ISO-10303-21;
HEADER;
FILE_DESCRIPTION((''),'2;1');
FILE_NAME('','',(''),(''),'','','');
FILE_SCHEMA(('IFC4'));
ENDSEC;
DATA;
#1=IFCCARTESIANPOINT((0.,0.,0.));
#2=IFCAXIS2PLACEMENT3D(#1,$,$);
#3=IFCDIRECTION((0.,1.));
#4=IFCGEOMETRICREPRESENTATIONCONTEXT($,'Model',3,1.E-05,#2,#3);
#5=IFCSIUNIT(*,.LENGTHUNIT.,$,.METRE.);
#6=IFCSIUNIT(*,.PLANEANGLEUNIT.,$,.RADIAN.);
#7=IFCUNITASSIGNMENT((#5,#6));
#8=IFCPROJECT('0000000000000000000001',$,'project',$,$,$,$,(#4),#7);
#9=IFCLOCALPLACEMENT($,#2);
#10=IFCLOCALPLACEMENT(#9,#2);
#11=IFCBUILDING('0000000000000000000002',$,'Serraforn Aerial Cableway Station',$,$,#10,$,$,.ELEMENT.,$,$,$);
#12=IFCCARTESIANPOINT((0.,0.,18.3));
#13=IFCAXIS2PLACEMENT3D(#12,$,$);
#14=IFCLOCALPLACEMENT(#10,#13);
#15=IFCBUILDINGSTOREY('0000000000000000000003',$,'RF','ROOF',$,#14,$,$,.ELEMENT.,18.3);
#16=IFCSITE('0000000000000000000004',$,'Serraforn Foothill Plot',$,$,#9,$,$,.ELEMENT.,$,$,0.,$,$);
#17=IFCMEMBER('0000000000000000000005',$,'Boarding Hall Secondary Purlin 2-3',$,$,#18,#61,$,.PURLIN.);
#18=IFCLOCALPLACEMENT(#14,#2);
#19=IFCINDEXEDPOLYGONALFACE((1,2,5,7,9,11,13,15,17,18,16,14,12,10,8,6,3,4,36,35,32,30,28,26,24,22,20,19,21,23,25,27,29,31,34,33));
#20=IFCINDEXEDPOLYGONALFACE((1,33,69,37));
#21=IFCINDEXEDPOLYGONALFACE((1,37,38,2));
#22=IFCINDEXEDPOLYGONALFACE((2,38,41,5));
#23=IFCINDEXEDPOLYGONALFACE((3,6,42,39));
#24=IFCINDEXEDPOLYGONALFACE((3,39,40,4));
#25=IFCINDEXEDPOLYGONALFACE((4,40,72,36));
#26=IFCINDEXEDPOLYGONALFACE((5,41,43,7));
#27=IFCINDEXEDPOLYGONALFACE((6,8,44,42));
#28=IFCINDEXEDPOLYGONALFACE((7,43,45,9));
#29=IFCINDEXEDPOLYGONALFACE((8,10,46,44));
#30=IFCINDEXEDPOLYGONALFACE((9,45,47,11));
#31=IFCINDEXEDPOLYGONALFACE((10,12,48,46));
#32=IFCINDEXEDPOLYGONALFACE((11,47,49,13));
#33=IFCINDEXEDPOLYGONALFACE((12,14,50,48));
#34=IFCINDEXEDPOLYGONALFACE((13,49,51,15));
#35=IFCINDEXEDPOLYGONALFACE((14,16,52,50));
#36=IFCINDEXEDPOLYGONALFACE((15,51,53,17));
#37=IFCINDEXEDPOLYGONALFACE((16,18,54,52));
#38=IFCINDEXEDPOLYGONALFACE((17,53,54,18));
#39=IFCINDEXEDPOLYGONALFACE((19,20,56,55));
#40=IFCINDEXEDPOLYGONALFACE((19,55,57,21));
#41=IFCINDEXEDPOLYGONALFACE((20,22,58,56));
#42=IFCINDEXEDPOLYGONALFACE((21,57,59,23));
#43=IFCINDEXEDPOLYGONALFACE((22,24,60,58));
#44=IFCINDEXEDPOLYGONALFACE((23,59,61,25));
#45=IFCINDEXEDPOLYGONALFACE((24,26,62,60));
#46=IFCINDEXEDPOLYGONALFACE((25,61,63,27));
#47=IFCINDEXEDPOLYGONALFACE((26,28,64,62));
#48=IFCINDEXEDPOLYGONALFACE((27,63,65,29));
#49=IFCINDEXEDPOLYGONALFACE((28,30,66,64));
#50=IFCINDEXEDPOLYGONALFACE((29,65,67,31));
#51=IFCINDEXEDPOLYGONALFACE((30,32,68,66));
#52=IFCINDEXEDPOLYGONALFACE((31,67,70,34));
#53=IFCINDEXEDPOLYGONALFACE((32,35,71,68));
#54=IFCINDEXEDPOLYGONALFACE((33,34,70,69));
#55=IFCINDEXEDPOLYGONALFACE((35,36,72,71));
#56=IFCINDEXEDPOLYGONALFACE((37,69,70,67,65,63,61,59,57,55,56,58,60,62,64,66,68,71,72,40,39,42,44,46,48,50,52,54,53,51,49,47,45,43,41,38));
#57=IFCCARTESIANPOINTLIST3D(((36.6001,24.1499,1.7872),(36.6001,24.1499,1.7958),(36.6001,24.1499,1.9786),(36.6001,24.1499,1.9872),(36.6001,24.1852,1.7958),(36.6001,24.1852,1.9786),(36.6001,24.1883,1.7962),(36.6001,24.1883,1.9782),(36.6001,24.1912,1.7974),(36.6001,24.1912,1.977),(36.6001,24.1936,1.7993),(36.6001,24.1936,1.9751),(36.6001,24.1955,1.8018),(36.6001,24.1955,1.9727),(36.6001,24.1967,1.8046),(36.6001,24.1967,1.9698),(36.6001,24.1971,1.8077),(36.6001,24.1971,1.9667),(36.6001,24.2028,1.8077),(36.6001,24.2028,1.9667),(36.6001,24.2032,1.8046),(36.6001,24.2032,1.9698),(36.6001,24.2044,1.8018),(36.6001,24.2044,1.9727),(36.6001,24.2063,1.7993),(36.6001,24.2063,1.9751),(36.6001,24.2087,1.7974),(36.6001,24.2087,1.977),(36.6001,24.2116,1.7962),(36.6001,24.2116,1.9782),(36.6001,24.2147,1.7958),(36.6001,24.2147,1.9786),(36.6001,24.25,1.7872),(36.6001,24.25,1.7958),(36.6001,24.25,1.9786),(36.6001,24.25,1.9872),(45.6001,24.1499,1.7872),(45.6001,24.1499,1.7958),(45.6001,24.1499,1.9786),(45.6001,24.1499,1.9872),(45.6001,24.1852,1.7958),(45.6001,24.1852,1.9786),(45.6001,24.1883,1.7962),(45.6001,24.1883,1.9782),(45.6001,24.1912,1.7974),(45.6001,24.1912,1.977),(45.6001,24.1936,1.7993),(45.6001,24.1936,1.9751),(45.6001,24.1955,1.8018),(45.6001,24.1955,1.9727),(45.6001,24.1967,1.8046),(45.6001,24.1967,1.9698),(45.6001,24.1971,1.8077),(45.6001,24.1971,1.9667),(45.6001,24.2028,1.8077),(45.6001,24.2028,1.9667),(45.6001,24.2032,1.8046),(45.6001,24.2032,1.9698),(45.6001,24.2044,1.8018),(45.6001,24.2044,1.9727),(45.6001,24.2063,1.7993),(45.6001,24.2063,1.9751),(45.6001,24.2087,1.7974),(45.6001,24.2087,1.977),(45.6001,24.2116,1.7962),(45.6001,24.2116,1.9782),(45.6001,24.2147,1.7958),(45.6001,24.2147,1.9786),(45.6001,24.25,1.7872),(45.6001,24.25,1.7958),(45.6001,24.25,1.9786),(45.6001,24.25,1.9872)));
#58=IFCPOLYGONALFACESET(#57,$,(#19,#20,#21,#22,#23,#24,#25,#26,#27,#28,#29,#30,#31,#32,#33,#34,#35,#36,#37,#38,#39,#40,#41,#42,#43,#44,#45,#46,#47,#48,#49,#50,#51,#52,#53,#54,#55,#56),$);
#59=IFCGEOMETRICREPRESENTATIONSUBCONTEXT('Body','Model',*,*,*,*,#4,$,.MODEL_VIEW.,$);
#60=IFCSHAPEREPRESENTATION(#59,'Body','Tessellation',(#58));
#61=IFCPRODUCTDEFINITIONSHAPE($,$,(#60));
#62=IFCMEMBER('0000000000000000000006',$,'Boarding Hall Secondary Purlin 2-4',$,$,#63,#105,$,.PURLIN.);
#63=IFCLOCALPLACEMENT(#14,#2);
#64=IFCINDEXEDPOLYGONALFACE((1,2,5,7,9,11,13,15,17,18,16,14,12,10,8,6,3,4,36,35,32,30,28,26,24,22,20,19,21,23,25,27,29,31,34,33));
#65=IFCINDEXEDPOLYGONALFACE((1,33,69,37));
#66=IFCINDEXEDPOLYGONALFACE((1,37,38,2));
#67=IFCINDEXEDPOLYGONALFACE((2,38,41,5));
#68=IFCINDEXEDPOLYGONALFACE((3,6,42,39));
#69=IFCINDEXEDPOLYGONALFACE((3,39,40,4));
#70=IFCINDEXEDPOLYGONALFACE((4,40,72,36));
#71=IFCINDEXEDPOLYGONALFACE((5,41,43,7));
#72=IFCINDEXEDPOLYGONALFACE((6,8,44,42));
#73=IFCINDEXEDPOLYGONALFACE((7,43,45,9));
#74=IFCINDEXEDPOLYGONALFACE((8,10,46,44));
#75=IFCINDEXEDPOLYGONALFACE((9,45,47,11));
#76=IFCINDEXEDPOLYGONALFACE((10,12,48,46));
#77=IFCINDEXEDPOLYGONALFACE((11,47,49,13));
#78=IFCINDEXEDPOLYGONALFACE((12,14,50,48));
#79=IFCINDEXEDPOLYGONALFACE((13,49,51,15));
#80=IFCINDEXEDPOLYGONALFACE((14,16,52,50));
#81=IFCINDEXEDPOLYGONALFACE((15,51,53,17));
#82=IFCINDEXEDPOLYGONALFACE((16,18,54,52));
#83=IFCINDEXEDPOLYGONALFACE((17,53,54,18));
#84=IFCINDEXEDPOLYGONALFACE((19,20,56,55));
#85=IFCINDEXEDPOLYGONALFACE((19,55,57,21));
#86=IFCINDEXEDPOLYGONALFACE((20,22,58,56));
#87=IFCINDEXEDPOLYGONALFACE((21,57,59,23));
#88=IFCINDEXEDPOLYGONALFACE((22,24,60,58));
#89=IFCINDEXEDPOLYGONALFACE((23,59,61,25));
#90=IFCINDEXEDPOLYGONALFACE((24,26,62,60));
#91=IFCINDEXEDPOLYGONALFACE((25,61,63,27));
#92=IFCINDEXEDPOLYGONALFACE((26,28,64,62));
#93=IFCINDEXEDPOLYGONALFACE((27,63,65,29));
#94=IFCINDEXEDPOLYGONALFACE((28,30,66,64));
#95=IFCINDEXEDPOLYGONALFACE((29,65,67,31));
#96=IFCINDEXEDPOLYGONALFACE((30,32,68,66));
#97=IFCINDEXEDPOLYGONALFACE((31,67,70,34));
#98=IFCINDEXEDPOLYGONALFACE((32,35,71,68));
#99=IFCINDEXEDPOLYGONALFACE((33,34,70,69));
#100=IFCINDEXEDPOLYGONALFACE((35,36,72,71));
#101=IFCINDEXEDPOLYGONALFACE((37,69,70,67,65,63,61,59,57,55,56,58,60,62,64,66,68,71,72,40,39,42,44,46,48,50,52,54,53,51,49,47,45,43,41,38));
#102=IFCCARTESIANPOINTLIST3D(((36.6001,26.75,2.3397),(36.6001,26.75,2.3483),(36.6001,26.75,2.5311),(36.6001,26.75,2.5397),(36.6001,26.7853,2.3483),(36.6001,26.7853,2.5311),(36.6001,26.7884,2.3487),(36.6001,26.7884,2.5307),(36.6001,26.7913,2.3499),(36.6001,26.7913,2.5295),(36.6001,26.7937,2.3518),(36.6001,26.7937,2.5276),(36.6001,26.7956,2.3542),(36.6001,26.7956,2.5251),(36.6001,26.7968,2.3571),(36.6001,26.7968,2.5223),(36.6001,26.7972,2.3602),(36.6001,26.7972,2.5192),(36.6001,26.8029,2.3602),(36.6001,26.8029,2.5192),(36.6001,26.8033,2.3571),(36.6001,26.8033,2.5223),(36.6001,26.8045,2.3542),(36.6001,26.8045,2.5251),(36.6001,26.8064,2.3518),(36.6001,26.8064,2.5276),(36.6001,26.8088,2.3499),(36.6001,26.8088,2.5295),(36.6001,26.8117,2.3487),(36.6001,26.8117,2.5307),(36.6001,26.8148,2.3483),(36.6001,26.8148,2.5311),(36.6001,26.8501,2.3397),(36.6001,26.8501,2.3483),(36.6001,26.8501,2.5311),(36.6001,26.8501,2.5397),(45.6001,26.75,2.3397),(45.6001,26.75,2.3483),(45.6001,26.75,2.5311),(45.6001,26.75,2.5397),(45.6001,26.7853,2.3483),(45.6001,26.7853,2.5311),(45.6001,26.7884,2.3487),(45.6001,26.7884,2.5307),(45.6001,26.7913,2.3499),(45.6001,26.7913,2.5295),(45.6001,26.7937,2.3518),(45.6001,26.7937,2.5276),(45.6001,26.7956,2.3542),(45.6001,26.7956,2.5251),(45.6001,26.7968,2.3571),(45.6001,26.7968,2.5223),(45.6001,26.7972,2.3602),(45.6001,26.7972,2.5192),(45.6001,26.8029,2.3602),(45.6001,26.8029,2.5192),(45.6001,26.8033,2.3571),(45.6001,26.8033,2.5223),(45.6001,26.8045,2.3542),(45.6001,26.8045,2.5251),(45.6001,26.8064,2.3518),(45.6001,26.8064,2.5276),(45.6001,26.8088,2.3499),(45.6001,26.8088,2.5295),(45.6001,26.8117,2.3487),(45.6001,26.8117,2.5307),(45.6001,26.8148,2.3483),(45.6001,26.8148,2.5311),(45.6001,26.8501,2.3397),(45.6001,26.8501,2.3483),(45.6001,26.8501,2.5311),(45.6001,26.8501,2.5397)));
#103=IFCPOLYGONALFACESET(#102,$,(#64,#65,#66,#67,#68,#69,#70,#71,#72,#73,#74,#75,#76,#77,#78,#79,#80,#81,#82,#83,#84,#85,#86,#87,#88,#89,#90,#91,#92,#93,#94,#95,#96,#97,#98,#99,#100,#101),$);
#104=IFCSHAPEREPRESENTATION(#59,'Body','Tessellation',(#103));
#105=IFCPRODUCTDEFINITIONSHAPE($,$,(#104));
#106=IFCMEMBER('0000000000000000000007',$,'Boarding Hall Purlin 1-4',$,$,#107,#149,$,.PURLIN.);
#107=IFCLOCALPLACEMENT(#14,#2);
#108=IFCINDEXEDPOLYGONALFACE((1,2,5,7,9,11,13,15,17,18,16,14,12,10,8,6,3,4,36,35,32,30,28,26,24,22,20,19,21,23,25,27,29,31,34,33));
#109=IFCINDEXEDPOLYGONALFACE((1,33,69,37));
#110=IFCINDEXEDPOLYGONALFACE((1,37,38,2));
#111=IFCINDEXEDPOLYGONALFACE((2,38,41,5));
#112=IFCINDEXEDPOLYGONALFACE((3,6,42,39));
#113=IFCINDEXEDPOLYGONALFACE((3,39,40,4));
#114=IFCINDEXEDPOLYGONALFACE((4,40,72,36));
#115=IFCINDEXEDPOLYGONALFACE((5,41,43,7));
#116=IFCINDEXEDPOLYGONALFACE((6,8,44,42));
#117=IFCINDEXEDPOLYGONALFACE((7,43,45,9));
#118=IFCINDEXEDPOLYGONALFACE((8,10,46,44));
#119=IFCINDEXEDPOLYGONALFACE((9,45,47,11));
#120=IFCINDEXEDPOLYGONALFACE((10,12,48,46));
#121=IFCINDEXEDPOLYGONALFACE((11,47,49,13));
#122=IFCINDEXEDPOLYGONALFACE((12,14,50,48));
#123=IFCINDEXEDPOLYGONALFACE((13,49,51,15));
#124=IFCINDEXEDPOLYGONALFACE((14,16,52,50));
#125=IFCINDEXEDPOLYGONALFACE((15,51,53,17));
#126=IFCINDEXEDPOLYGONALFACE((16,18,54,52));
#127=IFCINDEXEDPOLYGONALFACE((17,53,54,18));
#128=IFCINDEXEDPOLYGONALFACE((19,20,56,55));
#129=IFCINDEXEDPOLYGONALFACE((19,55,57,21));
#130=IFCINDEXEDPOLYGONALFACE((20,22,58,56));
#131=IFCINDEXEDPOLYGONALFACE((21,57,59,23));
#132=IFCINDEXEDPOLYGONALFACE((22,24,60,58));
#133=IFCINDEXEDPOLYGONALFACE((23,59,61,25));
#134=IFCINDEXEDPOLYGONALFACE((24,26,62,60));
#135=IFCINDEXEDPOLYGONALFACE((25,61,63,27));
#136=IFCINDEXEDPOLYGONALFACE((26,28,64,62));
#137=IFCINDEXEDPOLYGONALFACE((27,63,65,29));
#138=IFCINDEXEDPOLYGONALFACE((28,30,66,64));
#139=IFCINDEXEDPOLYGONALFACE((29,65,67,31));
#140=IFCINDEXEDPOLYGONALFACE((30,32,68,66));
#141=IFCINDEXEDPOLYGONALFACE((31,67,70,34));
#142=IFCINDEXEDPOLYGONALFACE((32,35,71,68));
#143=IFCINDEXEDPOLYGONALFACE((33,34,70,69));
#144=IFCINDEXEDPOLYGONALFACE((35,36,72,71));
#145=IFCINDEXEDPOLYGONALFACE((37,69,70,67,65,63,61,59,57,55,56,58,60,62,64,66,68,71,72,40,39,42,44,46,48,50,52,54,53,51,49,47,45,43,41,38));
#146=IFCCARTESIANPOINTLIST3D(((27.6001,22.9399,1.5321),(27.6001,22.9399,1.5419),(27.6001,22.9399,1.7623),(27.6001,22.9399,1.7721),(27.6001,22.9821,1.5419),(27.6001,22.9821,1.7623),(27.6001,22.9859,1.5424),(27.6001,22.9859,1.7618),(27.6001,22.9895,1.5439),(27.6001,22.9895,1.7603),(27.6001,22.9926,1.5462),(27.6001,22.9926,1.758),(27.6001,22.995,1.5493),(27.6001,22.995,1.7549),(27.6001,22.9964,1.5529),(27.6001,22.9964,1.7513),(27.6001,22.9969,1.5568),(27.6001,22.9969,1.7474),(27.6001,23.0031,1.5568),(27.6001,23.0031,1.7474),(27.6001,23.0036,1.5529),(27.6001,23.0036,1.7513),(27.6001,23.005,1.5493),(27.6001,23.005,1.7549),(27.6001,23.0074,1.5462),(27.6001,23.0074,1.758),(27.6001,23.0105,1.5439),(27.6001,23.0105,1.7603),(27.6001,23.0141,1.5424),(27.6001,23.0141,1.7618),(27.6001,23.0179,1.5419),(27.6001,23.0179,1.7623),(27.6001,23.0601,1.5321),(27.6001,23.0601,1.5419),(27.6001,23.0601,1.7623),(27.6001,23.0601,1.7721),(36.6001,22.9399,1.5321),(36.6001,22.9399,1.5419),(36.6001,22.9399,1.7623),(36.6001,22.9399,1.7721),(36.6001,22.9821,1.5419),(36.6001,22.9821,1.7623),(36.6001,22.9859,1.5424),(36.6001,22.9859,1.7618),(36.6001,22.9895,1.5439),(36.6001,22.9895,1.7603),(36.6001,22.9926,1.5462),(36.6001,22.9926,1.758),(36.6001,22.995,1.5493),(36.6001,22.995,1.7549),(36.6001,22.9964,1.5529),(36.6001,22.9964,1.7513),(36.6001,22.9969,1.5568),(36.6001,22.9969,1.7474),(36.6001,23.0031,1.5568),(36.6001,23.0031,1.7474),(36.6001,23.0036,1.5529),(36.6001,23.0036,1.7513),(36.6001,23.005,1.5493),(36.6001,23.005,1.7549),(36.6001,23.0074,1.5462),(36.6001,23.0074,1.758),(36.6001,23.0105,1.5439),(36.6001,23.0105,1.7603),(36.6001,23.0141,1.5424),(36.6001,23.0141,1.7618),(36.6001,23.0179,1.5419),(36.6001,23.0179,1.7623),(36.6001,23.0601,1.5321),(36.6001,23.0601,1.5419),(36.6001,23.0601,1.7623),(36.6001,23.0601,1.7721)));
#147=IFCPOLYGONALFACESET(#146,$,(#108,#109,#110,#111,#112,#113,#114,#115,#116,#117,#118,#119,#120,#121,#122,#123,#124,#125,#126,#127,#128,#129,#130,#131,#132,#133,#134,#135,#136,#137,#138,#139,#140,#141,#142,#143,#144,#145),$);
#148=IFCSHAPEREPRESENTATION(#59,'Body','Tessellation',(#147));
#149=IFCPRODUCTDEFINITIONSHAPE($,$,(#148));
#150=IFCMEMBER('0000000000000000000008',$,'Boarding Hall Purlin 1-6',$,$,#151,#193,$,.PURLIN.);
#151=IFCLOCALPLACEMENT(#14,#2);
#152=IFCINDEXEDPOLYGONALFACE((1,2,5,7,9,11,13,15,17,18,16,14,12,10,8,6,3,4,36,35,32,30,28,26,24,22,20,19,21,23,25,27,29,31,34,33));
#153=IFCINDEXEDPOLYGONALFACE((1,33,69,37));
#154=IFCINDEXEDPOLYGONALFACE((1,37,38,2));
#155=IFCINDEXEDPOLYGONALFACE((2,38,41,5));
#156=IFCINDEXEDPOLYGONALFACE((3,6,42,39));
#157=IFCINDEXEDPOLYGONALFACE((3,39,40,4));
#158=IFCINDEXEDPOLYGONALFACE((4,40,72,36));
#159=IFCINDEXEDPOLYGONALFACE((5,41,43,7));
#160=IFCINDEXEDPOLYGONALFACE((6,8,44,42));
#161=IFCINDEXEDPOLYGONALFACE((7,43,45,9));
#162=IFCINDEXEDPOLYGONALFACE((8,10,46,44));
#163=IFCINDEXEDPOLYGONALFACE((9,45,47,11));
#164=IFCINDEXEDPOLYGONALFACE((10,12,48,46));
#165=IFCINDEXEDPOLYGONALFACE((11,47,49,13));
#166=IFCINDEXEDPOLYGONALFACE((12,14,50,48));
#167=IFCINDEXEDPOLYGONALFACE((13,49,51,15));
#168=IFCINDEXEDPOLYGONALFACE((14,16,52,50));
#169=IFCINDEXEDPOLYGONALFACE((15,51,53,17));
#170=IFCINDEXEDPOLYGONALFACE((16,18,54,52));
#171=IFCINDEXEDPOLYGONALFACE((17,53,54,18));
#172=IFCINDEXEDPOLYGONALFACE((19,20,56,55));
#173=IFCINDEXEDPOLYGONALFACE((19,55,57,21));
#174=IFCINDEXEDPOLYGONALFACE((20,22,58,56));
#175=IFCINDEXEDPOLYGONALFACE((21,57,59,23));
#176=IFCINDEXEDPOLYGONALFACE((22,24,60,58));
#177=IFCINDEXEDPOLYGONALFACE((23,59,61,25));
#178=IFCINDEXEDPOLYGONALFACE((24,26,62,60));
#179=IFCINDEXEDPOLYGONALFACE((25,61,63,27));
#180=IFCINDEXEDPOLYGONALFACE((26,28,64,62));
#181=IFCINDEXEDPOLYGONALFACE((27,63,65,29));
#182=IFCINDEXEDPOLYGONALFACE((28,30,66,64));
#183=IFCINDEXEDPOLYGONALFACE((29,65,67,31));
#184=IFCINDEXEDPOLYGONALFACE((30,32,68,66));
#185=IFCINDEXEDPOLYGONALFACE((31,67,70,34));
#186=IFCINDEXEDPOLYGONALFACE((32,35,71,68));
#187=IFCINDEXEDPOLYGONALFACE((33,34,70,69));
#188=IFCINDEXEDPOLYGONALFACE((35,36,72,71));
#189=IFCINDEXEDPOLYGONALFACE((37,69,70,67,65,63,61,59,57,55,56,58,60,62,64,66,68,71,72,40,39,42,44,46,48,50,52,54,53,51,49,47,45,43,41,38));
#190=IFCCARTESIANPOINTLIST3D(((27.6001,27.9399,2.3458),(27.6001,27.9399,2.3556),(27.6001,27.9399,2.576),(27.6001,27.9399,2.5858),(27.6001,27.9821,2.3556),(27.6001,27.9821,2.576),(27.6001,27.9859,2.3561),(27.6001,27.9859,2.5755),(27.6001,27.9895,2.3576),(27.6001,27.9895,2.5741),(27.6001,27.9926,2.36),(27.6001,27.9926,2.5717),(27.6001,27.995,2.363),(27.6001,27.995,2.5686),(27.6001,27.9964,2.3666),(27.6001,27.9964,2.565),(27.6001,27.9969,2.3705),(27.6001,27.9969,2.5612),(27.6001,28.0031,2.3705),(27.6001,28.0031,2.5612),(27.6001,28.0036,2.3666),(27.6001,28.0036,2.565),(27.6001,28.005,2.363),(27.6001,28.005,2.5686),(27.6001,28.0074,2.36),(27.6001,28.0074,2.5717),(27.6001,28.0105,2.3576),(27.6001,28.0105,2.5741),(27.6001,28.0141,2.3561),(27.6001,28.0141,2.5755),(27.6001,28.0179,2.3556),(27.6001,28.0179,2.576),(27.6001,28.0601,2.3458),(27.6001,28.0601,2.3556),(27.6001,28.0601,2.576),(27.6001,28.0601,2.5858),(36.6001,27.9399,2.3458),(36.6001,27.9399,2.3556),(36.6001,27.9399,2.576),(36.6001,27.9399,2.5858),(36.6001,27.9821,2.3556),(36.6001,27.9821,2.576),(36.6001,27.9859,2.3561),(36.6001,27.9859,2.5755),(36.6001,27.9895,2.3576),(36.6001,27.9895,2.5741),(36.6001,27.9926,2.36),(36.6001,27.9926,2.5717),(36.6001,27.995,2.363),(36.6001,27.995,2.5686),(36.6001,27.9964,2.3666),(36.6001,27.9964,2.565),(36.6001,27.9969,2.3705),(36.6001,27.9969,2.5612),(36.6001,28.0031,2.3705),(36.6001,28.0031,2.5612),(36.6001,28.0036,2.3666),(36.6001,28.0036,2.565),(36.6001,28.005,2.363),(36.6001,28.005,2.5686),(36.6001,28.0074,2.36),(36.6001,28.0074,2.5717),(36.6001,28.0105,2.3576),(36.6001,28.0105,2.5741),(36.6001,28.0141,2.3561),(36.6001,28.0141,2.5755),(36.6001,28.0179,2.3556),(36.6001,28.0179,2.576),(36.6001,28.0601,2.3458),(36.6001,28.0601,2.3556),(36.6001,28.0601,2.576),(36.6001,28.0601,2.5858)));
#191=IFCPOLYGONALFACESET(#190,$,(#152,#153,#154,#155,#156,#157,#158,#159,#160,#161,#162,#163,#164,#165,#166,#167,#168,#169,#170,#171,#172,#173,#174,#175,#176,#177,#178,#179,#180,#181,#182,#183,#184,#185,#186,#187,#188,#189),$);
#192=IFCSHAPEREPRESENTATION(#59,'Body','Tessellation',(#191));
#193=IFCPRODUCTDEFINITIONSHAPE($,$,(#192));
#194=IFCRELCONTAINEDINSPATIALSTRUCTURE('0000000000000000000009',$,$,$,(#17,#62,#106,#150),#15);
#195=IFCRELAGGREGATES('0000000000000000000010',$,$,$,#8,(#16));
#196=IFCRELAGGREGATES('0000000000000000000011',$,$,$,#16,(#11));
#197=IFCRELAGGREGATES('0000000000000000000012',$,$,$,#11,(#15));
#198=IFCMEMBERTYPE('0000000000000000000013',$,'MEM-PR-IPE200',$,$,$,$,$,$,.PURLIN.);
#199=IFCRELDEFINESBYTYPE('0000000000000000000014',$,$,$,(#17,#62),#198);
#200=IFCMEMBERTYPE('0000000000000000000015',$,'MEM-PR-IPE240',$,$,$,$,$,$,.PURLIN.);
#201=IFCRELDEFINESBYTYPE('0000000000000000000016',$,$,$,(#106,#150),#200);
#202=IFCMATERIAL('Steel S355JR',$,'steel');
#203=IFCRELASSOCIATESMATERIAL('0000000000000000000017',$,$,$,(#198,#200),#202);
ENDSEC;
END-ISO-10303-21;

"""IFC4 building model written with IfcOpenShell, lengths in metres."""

from ifc_helpers import new_model, si_unit, direction, frame, origin, origin_2d, place, context, subcontext, project, spatial, i_section, extrude, material, material_profile, profile_set, type_object, element, save


model = new_model("IFC4")

# Units and contexts
model_context = context("Model", 3, precision=1e-05, world=origin(), true_north=direction((0.0, 1.0)))
body_context = subcontext(model_context, "Body", "Model", "MODEL_VIEW")
ifc_project = project(units=[si_unit("LENGTHUNIT", "METRE"), si_unit("PLANEANGLEUNIT", "RADIAN")], contexts=[model_context])

# Site, building, storey
site_placement = place(None, origin())
site = spatial("IfcSite", under=ifc_project, at=site_placement, Name="Serraforn Foothill Plot", CompositionType="ELEMENT", RefElevation=0.0)
building_placement = place(site_placement, origin())
building = spatial("IfcBuilding", under=site, at=building_placement, Name="Serraforn Aerial Cableway Station", CompositionType="ELEMENT")
storey_placement = place(building_placement, frame((0.0, 0.0, 18.3)))
storey = spatial("IfcBuildingStorey", under=building, at=storey_placement, Name="RF", Description="ROOF", CompositionType="ELEMENT", Elevation=18.3)

# Members
ifc_material_1 = material(Name="Steel S355JR", Category="steel")
ifc_material_profile_1 = material_profile(ifc_material_1, i_section(OverallWidth=0.1001, OverallDepth=0.2, WebThickness=0.0056, FlangeThickness=0.0085, FilletRadius=0.012, at=origin_2d()), Name="IPE 200")
ifc_profile_set_1 = profile_set([ifc_material_profile_1], Name="Steel S355JR")
member_type_1 = type_object("IfcMemberType", Name="MEM-PR-IPE200", PredefinedType="PURLIN", material=ifc_profile_set_1)
for number, where, z_axis, x_axis, name in (
    (1, (36.6001, 24.2, 1.8872), (1.0, 0.0, 0.0), (0.0, 1.0, 0.0), "Boarding Hall Secondary Purlin 2-3"),
    (2, (36.6001, 26.8, 2.4397), (1.0, 0.0, 0.0), (0.0, 1.0, 0.0), "Boarding Hall Secondary Purlin 2-4"),
):
    element("IfcMember", number, at=place(storey_placement, frame(where, z_axis=z_axis, x_axis=x_axis)), inside=storey, type_object=member_type_1, Name=name, PredefinedType="PURLIN", context=body_context, shape_type="SweptSolid", body=[
        extrude(i_section(OverallWidth=0.1001, OverallDepth=0.2, WebThickness=0.0056, FlangeThickness=0.0085, FilletRadius=0.012, at=origin_2d()), origin(), (0.0, 0.0, 1.0), 9.0),
    ])
ifc_material_profile_2 = material_profile(ifc_material_1, i_section(OverallWidth=0.1201, OverallDepth=0.24, WebThickness=0.0061, FlangeThickness=0.0098, FilletRadius=0.0149, at=origin_2d()), Name="IPE 240")
ifc_profile_set_2 = profile_set([ifc_material_profile_2], Name="Steel S355JR")
member_type_2 = type_object("IfcMemberType", Name="MEM-PR-IPE240", PredefinedType="PURLIN", material=ifc_profile_set_2)
for number, where, z_axis, x_axis, name in (
    (3, (27.6001, 23.0, 1.6521), (1.0, 0.0, 0.0), (0.0, 1.0, 0.0), "Boarding Hall Purlin 1-4"),
    (4, (27.6001, 28.0, 2.4658), (1.0, 0.0, 0.0), (0.0, 1.0, 0.0), "Boarding Hall Purlin 1-6"),
):
    element("IfcMember", number, at=place(storey_placement, frame(where, z_axis=z_axis, x_axis=x_axis)), inside=storey, type_object=member_type_2, Name=name, PredefinedType="PURLIN", context=body_context, shape_type="SweptSolid", body=[
        extrude(i_section(OverallWidth=0.1201, OverallDepth=0.24, WebThickness=0.0061, FlangeThickness=0.0098, FilletRadius=0.0149, at=origin_2d()), origin(), (0.0, 0.0, 1.0), 9.0),
    ])

save(model, "model.ifc")
